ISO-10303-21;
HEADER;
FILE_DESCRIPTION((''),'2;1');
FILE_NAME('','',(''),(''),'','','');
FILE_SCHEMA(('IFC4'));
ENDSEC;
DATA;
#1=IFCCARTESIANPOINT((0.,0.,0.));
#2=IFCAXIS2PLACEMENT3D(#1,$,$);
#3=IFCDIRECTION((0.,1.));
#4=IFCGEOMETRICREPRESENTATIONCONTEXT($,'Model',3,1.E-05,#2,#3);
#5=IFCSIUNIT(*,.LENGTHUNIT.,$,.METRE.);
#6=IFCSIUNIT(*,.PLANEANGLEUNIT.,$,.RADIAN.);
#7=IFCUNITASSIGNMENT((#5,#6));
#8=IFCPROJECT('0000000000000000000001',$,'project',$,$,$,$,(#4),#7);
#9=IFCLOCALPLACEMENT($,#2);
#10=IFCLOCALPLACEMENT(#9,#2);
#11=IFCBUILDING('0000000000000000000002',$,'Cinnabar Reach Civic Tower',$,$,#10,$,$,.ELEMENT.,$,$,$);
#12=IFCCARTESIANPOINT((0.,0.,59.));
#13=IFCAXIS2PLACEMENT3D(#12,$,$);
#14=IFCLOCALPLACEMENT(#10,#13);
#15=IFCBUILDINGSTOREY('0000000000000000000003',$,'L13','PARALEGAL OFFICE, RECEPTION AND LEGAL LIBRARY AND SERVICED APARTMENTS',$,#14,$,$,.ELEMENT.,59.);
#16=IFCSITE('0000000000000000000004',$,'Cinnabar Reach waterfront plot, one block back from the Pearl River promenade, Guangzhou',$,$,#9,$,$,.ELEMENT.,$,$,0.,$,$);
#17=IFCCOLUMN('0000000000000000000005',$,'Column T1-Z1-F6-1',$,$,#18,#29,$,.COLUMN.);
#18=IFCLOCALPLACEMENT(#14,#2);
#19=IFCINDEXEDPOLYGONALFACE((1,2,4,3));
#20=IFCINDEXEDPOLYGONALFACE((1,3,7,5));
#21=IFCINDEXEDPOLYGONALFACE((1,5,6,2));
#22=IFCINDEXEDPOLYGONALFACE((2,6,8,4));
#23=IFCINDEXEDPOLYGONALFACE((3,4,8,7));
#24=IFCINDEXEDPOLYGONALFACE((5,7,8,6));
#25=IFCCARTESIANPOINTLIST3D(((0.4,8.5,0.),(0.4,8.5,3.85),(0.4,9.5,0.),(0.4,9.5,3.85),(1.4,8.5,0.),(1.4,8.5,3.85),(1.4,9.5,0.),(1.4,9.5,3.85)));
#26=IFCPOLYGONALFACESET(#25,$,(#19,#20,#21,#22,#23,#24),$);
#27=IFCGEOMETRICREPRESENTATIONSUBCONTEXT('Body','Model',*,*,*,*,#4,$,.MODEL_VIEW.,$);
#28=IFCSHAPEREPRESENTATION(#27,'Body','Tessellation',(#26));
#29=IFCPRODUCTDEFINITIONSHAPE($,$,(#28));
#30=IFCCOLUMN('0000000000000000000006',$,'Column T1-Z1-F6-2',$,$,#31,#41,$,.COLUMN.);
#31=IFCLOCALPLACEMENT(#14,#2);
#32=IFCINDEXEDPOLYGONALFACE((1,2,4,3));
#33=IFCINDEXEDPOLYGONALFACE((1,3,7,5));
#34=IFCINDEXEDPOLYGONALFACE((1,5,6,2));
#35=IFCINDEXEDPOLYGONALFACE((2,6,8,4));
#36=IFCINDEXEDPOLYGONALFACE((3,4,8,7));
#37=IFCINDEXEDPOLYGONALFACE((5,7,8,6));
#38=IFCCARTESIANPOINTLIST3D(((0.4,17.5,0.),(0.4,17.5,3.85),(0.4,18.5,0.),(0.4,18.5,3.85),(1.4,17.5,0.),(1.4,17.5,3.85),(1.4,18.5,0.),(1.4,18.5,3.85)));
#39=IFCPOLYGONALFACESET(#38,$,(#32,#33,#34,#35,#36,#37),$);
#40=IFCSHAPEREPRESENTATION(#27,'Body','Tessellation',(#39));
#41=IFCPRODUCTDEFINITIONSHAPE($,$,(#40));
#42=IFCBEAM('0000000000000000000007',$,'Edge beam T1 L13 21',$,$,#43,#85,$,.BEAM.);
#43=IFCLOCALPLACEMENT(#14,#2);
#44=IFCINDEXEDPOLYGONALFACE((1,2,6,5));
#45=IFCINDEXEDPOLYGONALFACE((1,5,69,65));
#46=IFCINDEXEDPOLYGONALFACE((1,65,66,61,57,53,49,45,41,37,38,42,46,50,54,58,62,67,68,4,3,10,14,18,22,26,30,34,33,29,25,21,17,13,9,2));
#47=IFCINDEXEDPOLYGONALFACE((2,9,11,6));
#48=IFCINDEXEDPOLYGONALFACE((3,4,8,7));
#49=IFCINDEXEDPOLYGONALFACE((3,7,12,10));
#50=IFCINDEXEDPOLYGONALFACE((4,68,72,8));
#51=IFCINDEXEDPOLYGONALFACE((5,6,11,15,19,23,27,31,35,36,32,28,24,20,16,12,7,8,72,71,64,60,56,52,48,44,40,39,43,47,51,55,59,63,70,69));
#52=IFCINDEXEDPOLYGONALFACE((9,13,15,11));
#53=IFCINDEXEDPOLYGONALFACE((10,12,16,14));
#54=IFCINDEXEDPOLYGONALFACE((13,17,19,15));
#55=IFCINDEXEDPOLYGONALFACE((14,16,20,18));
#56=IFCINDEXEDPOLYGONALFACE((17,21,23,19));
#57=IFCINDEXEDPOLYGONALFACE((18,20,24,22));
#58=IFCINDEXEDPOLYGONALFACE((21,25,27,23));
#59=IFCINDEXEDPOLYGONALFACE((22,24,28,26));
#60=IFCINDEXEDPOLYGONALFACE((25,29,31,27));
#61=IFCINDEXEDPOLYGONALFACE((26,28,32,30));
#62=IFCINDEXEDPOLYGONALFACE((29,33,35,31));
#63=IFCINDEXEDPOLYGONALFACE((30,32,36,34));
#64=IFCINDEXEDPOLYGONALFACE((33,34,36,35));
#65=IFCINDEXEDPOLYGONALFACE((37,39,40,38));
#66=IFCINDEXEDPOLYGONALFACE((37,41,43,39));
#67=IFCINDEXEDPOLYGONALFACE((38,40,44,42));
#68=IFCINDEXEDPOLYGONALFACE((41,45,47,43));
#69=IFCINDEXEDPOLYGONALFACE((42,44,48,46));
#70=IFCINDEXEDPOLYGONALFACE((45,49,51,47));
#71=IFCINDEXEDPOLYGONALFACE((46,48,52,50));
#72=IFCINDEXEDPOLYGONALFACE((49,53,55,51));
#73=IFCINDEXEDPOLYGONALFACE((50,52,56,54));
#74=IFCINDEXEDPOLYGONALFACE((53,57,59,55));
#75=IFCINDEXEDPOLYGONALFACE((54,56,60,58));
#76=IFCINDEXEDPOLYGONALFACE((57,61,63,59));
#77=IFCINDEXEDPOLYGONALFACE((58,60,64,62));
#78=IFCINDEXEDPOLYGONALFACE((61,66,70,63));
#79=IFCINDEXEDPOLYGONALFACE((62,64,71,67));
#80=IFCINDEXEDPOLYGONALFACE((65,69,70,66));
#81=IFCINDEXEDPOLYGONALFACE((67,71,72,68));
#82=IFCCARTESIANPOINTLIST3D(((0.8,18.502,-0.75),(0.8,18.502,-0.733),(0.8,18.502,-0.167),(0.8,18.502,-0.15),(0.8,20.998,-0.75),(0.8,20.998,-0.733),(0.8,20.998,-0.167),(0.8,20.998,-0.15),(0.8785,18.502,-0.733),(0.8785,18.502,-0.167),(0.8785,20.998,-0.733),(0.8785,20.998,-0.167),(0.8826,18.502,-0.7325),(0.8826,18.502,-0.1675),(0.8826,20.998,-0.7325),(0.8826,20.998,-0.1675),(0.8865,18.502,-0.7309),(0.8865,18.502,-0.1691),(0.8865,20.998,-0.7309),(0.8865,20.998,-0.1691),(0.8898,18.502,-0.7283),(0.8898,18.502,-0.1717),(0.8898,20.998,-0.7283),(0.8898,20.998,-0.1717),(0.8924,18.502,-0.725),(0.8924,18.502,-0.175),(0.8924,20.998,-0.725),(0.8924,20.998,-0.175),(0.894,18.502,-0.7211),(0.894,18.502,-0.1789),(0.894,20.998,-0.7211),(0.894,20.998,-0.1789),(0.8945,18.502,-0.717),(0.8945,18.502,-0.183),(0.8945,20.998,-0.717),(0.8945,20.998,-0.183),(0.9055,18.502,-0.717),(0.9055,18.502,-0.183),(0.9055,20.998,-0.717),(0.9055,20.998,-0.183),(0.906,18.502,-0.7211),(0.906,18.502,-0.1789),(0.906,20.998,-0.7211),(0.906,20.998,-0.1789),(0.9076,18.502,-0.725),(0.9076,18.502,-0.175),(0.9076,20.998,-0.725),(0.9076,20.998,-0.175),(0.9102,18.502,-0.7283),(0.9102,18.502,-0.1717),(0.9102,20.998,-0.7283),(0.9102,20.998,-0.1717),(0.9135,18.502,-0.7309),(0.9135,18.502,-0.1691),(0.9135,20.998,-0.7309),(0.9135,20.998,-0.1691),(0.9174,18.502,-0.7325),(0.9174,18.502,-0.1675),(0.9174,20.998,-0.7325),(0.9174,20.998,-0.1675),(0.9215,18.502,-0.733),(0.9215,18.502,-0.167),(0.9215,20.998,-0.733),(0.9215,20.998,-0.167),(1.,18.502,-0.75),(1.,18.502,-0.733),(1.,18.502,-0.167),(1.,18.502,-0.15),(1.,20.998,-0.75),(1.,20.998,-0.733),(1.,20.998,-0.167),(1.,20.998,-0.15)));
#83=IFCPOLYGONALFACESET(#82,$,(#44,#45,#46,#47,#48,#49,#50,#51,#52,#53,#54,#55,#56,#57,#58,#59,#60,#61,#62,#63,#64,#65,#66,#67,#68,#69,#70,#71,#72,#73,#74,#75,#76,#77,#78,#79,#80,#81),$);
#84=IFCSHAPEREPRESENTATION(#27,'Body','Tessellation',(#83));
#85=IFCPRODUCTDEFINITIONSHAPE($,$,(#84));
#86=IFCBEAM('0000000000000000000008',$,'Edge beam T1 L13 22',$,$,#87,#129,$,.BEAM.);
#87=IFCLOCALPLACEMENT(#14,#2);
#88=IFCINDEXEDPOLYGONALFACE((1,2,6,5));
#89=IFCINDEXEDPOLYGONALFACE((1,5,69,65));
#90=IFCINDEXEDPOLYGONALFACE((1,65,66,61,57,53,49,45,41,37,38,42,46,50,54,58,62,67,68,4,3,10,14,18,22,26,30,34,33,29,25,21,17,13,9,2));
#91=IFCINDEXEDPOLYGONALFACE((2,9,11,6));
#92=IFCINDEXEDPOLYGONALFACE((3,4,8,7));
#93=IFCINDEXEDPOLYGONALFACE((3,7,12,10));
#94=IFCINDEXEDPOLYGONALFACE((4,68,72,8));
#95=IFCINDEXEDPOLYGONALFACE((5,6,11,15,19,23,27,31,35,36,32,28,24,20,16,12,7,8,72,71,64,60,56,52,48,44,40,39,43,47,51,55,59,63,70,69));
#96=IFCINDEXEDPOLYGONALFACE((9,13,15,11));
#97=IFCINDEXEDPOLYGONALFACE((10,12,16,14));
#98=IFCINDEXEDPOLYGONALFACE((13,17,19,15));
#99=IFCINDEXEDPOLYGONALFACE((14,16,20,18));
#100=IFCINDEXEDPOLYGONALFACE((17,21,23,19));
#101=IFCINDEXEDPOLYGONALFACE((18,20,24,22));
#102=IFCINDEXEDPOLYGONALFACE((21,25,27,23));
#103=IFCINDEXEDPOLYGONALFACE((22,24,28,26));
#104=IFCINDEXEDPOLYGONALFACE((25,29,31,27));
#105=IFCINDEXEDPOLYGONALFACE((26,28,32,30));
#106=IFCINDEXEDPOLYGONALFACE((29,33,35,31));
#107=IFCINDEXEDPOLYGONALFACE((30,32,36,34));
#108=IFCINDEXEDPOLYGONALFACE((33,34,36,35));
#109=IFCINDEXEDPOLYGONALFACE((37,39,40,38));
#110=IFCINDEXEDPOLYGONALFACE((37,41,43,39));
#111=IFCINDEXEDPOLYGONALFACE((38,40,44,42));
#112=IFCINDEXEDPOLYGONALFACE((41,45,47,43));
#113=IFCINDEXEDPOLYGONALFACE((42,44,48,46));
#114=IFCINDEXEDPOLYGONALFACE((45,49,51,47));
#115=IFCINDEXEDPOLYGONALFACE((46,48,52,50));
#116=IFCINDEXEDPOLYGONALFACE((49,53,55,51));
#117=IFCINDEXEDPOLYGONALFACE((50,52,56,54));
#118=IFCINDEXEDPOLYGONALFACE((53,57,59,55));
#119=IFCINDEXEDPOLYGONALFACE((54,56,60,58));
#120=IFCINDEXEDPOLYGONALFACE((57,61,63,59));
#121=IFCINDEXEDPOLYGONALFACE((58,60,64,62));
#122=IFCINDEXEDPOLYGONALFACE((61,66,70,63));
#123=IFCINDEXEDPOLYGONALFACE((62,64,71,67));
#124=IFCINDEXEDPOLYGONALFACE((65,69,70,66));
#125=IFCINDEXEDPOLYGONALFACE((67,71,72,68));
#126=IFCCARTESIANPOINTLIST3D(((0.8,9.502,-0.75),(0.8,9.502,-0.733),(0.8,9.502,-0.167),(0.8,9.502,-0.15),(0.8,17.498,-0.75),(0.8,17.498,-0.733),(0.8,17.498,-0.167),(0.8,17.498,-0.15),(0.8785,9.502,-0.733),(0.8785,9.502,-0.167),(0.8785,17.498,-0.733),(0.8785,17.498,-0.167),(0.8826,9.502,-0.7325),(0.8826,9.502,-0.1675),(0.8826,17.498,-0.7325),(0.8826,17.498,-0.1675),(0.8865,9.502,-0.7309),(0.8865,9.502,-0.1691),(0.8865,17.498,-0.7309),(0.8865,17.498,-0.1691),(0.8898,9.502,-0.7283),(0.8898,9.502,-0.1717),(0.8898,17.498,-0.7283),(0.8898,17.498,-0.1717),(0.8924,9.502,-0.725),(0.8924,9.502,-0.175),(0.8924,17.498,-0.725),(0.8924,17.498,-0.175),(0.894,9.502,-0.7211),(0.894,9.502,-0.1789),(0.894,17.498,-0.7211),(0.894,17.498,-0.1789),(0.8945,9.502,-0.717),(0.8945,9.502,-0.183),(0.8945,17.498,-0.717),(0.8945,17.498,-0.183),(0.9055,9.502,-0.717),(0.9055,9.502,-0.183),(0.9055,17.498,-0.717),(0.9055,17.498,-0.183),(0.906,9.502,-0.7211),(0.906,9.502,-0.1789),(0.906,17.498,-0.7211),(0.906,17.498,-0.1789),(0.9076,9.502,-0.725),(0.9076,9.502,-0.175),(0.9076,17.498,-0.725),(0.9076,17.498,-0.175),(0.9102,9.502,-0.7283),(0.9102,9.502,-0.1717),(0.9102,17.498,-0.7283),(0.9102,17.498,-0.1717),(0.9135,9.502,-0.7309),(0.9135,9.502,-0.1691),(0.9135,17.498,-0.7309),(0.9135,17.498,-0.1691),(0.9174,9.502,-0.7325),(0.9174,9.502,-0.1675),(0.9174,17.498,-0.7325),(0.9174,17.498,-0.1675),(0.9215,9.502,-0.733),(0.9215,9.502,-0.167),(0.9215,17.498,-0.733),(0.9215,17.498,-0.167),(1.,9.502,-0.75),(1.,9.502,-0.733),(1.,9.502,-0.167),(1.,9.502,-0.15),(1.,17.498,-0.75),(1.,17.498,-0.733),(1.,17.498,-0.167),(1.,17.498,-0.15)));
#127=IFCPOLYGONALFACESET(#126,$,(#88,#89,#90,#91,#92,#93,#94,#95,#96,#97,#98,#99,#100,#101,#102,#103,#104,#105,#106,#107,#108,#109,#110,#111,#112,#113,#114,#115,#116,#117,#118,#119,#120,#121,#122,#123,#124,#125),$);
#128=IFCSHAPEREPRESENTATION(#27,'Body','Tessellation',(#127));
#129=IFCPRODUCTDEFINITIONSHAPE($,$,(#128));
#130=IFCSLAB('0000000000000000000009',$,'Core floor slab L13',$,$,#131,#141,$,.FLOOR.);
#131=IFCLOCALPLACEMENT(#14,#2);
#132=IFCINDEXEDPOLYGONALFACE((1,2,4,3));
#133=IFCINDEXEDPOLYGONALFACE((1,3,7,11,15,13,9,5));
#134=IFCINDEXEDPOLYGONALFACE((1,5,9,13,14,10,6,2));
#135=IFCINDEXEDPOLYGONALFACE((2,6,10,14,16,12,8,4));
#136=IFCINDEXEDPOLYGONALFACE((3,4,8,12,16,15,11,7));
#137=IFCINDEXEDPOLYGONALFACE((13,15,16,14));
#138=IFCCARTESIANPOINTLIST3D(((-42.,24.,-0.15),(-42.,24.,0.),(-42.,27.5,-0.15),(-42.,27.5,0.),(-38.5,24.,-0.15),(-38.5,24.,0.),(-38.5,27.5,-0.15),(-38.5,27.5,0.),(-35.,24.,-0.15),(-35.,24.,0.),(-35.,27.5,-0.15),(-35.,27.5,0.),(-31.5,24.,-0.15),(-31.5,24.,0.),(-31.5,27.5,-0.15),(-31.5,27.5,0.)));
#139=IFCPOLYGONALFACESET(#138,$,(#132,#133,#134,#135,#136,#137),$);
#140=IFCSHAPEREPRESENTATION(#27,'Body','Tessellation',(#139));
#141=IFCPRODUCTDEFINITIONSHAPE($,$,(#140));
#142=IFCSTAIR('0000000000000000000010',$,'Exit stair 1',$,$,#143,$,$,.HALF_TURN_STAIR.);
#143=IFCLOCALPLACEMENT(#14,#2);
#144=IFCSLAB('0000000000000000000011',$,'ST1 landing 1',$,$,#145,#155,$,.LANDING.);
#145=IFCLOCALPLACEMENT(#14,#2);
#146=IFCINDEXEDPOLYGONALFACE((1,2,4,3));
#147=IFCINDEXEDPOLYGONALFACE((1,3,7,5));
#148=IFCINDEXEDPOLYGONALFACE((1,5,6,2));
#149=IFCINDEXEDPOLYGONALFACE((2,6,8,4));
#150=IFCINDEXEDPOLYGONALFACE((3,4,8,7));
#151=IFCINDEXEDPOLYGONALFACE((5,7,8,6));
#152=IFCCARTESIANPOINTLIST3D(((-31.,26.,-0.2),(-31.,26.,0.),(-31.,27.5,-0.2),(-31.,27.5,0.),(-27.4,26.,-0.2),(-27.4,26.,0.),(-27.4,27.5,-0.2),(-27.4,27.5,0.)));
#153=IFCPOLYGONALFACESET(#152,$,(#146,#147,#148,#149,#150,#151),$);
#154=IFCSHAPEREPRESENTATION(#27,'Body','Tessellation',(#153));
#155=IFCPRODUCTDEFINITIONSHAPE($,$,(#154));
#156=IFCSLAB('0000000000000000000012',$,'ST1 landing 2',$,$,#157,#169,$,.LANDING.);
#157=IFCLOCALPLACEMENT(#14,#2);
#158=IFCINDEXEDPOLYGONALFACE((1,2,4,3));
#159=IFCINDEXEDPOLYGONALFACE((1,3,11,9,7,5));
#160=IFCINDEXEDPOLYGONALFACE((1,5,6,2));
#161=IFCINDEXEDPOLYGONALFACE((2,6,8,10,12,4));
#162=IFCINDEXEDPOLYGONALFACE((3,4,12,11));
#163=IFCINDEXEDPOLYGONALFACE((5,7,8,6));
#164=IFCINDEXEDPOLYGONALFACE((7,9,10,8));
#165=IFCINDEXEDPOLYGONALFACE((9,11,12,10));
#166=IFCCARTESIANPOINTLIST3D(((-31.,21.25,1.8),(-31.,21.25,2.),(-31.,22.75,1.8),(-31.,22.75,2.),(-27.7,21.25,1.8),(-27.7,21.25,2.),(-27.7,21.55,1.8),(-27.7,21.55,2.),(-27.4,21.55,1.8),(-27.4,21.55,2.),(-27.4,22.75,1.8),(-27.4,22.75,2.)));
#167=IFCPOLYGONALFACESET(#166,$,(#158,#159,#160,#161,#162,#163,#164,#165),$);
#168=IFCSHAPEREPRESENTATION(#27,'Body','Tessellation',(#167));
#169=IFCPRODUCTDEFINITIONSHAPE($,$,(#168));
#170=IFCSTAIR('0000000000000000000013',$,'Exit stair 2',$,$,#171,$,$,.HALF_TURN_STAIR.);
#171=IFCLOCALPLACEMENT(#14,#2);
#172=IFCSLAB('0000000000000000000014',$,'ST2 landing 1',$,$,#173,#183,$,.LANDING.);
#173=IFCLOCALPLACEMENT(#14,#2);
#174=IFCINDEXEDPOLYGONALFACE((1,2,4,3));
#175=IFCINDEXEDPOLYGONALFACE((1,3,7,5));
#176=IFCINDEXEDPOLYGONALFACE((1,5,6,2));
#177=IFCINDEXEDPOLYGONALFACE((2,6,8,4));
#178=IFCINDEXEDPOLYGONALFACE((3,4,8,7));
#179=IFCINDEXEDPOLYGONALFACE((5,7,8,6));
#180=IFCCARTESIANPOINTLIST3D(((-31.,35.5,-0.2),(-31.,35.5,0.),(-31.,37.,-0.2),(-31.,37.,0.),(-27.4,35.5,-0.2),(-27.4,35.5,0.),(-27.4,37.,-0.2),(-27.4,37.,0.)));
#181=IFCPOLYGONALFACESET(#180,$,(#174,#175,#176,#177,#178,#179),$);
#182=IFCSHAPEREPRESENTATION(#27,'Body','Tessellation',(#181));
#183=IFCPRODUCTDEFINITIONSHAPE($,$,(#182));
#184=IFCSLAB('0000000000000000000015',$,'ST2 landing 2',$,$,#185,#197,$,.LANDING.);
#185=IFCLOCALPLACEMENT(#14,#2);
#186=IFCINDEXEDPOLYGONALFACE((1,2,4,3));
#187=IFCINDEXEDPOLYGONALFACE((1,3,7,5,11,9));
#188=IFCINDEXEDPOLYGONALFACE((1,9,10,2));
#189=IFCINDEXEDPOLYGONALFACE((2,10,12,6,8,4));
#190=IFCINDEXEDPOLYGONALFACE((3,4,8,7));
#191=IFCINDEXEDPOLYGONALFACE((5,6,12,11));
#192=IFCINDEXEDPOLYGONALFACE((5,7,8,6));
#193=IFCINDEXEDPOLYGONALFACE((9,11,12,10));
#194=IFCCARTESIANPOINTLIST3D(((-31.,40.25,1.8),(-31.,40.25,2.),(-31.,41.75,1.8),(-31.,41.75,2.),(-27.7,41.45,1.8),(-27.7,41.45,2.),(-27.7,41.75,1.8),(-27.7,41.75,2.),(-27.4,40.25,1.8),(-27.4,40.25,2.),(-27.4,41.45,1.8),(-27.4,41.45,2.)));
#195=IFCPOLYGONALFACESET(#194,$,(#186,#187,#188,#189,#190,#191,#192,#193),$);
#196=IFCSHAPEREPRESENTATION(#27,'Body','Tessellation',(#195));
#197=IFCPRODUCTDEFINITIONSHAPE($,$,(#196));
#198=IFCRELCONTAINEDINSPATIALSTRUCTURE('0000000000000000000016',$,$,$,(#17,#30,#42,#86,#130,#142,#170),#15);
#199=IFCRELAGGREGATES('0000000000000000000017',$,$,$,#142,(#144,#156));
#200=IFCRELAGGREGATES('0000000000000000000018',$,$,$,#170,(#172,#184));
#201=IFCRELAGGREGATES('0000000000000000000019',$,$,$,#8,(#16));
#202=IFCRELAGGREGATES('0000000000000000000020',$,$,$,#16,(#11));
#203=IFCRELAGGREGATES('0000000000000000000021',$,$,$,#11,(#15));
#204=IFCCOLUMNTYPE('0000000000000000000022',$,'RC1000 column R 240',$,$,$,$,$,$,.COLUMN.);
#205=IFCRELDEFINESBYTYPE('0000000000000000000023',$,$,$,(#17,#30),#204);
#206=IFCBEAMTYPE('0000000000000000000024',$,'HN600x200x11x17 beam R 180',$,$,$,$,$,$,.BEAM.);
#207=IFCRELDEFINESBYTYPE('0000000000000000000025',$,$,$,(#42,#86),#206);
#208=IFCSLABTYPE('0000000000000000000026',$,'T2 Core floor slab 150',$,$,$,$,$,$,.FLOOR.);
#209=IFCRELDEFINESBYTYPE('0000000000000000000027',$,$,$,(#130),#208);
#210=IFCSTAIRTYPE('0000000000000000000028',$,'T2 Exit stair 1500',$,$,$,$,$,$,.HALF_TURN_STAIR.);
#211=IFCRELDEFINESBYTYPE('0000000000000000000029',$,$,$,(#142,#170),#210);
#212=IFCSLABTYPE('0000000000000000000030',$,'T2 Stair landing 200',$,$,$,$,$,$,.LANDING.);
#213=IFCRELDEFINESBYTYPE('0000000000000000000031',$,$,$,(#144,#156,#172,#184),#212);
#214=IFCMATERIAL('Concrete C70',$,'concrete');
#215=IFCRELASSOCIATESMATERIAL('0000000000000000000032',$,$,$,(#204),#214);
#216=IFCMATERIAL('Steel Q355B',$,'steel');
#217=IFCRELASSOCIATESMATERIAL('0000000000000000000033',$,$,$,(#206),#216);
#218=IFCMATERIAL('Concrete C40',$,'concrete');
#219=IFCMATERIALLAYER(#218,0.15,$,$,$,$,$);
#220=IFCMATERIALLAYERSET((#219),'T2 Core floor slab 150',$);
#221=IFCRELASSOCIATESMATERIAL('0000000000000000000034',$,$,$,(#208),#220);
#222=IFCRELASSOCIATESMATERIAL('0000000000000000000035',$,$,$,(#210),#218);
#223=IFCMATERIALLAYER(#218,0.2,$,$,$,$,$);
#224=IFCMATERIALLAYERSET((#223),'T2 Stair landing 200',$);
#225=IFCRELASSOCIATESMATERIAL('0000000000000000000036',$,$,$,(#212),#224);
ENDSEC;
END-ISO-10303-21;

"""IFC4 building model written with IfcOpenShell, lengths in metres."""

from ifc_helpers import new_model, si_unit, direction, frame, origin, origin_2d, place, context, subcontext, project, spatial, polyline, rectangle, i_section, outline, extrude, material, layer, layer_set, material_profile, profile_set, type_object, element, aggregate, save


model = new_model("IFC4")

# Units and contexts
model_context = context("Model", 3, precision=1e-05, world=origin(), true_north=direction((0.0, 1.0)))
body_context = subcontext(model_context, "Body", "Model", "MODEL_VIEW")
ifc_project = project(units=[si_unit("LENGTHUNIT", "METRE"), si_unit("PLANEANGLEUNIT", "RADIAN")], contexts=[model_context])

# Site, building, storey
site_placement = place(None, origin())
site = spatial("IfcSite", under=ifc_project, at=site_placement, Name="Cinnabar Reach waterfront plot, one block back from the Pearl River promenade, Guangzhou", CompositionType="ELEMENT", RefElevation=0.0)
building_placement = place(site_placement, origin())
building = spatial("IfcBuilding", under=site, at=building_placement, Name="Cinnabar Reach Civic Tower", CompositionType="ELEMENT")
storey_placement = place(building_placement, frame((0.0, 0.0, 59.0)))
storey = spatial("IfcBuildingStorey", under=building, at=storey_placement, Name="L13", Description="PARALEGAL OFFICE, RECEPTION AND LEGAL LIBRARY AND SERVICED APARTMENTS", CompositionType="ELEMENT", Elevation=59.0)

# Columns
ifc_material_1 = material(Name="Concrete C70", Category="concrete")
ifc_material_profile_1 = material_profile(ifc_material_1, rectangle(XDim=1.0, YDim=1.0, at=origin_2d()), Name="RC1000")
ifc_profile_set_1 = profile_set([ifc_material_profile_1], Name="Concrete C70")
column_type = type_object("IfcColumnType", Name="RC1000 column R 240", PredefinedType="COLUMN", material=ifc_profile_set_1)
for number, where, z_axis, x_axis, name in (
    (1, (0.9, 9.0, 0.0), (0.0, 0.0, 1.0), (1.0, 0.0, 0.0), "Column T1-Z1-F6-1"),
    (2, (0.9, 18.0, 0.0), (0.0, 0.0, 1.0), (1.0, 0.0, 0.0), "Column T1-Z1-F6-2"),
):
    element("IfcColumn", number, at=place(storey_placement, frame(where, z_axis=z_axis, x_axis=x_axis)), inside=storey, type_object=column_type, Name=name, PredefinedType="COLUMN", context=body_context, shape_type="SweptSolid", body=[
        extrude(rectangle(XDim=1.0, YDim=1.0, at=origin_2d()), origin(), (0.0, 0.0, 1.0), 3.85),
    ])

# Beams
ifc_material_2 = material(Name="Steel Q355B", Category="steel")
ifc_material_profile_2 = material_profile(ifc_material_2, i_section(OverallWidth=0.2, OverallDepth=0.6, WebThickness=0.011, FlangeThickness=0.017, FilletRadius=0.016, at=origin_2d()), Name="HN600x200x11x17")
ifc_profile_set_2 = profile_set([ifc_material_profile_2], Name="Steel Q355B")
beam_type = type_object("IfcBeamType", Name="HN600x200x11x17 beam R 180", PredefinedType="BEAM", material=ifc_profile_set_2)
beam_1_placement = place(storey_placement, frame((0.9, 20.998, -0.45), z_axis=(0.0, -1.0, 0.0), x_axis=(1.0, 0.0, 0.0)))
element("IfcBeam", 3, at=beam_1_placement, inside=storey, type_object=beam_type, Name="Edge beam T1 L13 21", PredefinedType="BEAM", context=body_context, shape_type="SweptSolid", body=[
    extrude(i_section(OverallWidth=0.2, OverallDepth=0.6, WebThickness=0.011, FlangeThickness=0.017, FilletRadius=0.016, at=origin_2d()), origin(), (0.0, 0.0, 1.0), 2.496),
])
beam_2_placement = place(storey_placement, frame((0.9, 17.498, -0.45), z_axis=(0.0, -1.0, 0.0), x_axis=(1.0, 0.0, 0.0)))
element("IfcBeam", 4, at=beam_2_placement, inside=storey, type_object=beam_type, Name="Edge beam T1 L13 22", PredefinedType="BEAM", context=body_context, shape_type="SweptSolid", body=[
    extrude(i_section(OverallWidth=0.2, OverallDepth=0.6, WebThickness=0.011, FlangeThickness=0.017, FilletRadius=0.016, at=origin_2d()), origin(), (0.0, 0.0, 1.0), 7.996),
])

# Slab
ifc_material_3 = material(Name="Concrete C40", Category="concrete")
ifc_layer_1 = layer(ifc_material_3, 0.15)
ifc_layer_set_1 = layer_set([ifc_layer_1], Name="T2 Core floor slab 150")
slab_type_1 = type_object("IfcSlabType", Name="T2 Core floor slab 150", PredefinedType="FLOOR", material=ifc_layer_set_1)
slab_1_placement = place(storey_placement, frame((0.0, 0.0, -0.15)))
element("IfcSlab", 5, at=slab_1_placement, inside=storey, type_object=slab_type_1, Name="Core floor slab L13", PredefinedType="FLOOR", context=body_context, shape_type="SweptSolid", body=[
    extrude(outline(polyline([(-35.0, 24.0), (-38.5, 24.0), (-42.0, 24.0), (-42.0, 27.5), (-38.5, 27.5), (-35.0, 27.5), (-31.5, 27.5), (-31.5, 24.0), (-35.0, 24.0)])), origin(), (0.0, 0.0, 1.0), 0.15),
])

# Stairs, slabs
stair_type = type_object("IfcStairType", Name="T2 Exit stair 1500", PredefinedType="HALF_TURN_STAIR", material=ifc_material_3)
stair_1_placement = place(storey_placement, origin())
stair_1 = element("IfcStair", 6, at=stair_1_placement, inside=storey, type_object=stair_type, Name="Exit stair 1", PredefinedType="HALF_TURN_STAIR")
ifc_layer_2 = layer(ifc_material_3, 0.2)
ifc_layer_set_2 = layer_set([ifc_layer_2], Name="T2 Stair landing 200")
slab_type_2 = type_object("IfcSlabType", Name="T2 Stair landing 200", PredefinedType="LANDING", material=ifc_layer_set_2)
slab_2_placement = place(storey_placement, frame((0.0, 0.0, -0.2)))
slab_2 = element("IfcSlab", 7, at=slab_2_placement, type_object=slab_type_2, Name="ST1 landing 1", PredefinedType="LANDING", context=body_context, shape_type="SweptSolid", body=[
    extrude(outline(polyline([(-31.0, 26.0), (-31.0, 27.5), (-27.4, 27.5), (-27.4, 26.0), (-31.0, 26.0)])), origin(), (0.0, 0.0, 1.0), 0.2),
])
slab_3_placement = place(storey_placement, frame((0.0, 0.0, 1.8)))
slab_3 = element("IfcSlab", 8, at=slab_3_placement, type_object=slab_type_2, Name="ST1 landing 2", PredefinedType="LANDING", context=body_context, shape_type="SweptSolid", body=[
    extrude(outline(polyline([(-31.0, 21.25), (-31.0, 22.75), (-27.4, 22.75), (-27.4, 21.55), (-27.7, 21.55), (-27.7, 21.25), (-31.0, 21.25)])), origin(), (0.0, 0.0, 1.0), 0.2),
])
aggregate(stair_1, [slab_2, slab_3])
stair_2_placement = place(storey_placement, origin())
stair_2 = element("IfcStair", 9, at=stair_2_placement, inside=storey, type_object=stair_type, Name="Exit stair 2", PredefinedType="HALF_TURN_STAIR")
slab_4_placement = place(storey_placement, frame((0.0, 0.0, -0.2)))
slab_4 = element("IfcSlab", 10, at=slab_4_placement, type_object=slab_type_2, Name="ST2 landing 1", PredefinedType="LANDING", context=body_context, shape_type="SweptSolid", body=[
    extrude(outline(polyline([(-31.0, 35.5), (-31.0, 37.0), (-27.4, 37.0), (-27.4, 35.5), (-31.0, 35.5)])), origin(), (0.0, 0.0, 1.0), 0.2),
])
slab_5_placement = place(storey_placement, frame((0.0, 0.0, 1.8)))
slab_5 = element("IfcSlab", 11, at=slab_5_placement, type_object=slab_type_2, Name="ST2 landing 2", PredefinedType="LANDING", context=body_context, shape_type="SweptSolid", body=[
    extrude(outline(polyline([(-27.4, 40.25), (-31.0, 40.25), (-31.0, 41.75), (-27.7, 41.75), (-27.7, 41.45), (-27.4, 41.45), (-27.4, 40.25)])), origin(), (0.0, 0.0, 1.0), 0.2),
])
aggregate(stair_2, [slab_4, slab_5])

save(model, "model.ifc")
